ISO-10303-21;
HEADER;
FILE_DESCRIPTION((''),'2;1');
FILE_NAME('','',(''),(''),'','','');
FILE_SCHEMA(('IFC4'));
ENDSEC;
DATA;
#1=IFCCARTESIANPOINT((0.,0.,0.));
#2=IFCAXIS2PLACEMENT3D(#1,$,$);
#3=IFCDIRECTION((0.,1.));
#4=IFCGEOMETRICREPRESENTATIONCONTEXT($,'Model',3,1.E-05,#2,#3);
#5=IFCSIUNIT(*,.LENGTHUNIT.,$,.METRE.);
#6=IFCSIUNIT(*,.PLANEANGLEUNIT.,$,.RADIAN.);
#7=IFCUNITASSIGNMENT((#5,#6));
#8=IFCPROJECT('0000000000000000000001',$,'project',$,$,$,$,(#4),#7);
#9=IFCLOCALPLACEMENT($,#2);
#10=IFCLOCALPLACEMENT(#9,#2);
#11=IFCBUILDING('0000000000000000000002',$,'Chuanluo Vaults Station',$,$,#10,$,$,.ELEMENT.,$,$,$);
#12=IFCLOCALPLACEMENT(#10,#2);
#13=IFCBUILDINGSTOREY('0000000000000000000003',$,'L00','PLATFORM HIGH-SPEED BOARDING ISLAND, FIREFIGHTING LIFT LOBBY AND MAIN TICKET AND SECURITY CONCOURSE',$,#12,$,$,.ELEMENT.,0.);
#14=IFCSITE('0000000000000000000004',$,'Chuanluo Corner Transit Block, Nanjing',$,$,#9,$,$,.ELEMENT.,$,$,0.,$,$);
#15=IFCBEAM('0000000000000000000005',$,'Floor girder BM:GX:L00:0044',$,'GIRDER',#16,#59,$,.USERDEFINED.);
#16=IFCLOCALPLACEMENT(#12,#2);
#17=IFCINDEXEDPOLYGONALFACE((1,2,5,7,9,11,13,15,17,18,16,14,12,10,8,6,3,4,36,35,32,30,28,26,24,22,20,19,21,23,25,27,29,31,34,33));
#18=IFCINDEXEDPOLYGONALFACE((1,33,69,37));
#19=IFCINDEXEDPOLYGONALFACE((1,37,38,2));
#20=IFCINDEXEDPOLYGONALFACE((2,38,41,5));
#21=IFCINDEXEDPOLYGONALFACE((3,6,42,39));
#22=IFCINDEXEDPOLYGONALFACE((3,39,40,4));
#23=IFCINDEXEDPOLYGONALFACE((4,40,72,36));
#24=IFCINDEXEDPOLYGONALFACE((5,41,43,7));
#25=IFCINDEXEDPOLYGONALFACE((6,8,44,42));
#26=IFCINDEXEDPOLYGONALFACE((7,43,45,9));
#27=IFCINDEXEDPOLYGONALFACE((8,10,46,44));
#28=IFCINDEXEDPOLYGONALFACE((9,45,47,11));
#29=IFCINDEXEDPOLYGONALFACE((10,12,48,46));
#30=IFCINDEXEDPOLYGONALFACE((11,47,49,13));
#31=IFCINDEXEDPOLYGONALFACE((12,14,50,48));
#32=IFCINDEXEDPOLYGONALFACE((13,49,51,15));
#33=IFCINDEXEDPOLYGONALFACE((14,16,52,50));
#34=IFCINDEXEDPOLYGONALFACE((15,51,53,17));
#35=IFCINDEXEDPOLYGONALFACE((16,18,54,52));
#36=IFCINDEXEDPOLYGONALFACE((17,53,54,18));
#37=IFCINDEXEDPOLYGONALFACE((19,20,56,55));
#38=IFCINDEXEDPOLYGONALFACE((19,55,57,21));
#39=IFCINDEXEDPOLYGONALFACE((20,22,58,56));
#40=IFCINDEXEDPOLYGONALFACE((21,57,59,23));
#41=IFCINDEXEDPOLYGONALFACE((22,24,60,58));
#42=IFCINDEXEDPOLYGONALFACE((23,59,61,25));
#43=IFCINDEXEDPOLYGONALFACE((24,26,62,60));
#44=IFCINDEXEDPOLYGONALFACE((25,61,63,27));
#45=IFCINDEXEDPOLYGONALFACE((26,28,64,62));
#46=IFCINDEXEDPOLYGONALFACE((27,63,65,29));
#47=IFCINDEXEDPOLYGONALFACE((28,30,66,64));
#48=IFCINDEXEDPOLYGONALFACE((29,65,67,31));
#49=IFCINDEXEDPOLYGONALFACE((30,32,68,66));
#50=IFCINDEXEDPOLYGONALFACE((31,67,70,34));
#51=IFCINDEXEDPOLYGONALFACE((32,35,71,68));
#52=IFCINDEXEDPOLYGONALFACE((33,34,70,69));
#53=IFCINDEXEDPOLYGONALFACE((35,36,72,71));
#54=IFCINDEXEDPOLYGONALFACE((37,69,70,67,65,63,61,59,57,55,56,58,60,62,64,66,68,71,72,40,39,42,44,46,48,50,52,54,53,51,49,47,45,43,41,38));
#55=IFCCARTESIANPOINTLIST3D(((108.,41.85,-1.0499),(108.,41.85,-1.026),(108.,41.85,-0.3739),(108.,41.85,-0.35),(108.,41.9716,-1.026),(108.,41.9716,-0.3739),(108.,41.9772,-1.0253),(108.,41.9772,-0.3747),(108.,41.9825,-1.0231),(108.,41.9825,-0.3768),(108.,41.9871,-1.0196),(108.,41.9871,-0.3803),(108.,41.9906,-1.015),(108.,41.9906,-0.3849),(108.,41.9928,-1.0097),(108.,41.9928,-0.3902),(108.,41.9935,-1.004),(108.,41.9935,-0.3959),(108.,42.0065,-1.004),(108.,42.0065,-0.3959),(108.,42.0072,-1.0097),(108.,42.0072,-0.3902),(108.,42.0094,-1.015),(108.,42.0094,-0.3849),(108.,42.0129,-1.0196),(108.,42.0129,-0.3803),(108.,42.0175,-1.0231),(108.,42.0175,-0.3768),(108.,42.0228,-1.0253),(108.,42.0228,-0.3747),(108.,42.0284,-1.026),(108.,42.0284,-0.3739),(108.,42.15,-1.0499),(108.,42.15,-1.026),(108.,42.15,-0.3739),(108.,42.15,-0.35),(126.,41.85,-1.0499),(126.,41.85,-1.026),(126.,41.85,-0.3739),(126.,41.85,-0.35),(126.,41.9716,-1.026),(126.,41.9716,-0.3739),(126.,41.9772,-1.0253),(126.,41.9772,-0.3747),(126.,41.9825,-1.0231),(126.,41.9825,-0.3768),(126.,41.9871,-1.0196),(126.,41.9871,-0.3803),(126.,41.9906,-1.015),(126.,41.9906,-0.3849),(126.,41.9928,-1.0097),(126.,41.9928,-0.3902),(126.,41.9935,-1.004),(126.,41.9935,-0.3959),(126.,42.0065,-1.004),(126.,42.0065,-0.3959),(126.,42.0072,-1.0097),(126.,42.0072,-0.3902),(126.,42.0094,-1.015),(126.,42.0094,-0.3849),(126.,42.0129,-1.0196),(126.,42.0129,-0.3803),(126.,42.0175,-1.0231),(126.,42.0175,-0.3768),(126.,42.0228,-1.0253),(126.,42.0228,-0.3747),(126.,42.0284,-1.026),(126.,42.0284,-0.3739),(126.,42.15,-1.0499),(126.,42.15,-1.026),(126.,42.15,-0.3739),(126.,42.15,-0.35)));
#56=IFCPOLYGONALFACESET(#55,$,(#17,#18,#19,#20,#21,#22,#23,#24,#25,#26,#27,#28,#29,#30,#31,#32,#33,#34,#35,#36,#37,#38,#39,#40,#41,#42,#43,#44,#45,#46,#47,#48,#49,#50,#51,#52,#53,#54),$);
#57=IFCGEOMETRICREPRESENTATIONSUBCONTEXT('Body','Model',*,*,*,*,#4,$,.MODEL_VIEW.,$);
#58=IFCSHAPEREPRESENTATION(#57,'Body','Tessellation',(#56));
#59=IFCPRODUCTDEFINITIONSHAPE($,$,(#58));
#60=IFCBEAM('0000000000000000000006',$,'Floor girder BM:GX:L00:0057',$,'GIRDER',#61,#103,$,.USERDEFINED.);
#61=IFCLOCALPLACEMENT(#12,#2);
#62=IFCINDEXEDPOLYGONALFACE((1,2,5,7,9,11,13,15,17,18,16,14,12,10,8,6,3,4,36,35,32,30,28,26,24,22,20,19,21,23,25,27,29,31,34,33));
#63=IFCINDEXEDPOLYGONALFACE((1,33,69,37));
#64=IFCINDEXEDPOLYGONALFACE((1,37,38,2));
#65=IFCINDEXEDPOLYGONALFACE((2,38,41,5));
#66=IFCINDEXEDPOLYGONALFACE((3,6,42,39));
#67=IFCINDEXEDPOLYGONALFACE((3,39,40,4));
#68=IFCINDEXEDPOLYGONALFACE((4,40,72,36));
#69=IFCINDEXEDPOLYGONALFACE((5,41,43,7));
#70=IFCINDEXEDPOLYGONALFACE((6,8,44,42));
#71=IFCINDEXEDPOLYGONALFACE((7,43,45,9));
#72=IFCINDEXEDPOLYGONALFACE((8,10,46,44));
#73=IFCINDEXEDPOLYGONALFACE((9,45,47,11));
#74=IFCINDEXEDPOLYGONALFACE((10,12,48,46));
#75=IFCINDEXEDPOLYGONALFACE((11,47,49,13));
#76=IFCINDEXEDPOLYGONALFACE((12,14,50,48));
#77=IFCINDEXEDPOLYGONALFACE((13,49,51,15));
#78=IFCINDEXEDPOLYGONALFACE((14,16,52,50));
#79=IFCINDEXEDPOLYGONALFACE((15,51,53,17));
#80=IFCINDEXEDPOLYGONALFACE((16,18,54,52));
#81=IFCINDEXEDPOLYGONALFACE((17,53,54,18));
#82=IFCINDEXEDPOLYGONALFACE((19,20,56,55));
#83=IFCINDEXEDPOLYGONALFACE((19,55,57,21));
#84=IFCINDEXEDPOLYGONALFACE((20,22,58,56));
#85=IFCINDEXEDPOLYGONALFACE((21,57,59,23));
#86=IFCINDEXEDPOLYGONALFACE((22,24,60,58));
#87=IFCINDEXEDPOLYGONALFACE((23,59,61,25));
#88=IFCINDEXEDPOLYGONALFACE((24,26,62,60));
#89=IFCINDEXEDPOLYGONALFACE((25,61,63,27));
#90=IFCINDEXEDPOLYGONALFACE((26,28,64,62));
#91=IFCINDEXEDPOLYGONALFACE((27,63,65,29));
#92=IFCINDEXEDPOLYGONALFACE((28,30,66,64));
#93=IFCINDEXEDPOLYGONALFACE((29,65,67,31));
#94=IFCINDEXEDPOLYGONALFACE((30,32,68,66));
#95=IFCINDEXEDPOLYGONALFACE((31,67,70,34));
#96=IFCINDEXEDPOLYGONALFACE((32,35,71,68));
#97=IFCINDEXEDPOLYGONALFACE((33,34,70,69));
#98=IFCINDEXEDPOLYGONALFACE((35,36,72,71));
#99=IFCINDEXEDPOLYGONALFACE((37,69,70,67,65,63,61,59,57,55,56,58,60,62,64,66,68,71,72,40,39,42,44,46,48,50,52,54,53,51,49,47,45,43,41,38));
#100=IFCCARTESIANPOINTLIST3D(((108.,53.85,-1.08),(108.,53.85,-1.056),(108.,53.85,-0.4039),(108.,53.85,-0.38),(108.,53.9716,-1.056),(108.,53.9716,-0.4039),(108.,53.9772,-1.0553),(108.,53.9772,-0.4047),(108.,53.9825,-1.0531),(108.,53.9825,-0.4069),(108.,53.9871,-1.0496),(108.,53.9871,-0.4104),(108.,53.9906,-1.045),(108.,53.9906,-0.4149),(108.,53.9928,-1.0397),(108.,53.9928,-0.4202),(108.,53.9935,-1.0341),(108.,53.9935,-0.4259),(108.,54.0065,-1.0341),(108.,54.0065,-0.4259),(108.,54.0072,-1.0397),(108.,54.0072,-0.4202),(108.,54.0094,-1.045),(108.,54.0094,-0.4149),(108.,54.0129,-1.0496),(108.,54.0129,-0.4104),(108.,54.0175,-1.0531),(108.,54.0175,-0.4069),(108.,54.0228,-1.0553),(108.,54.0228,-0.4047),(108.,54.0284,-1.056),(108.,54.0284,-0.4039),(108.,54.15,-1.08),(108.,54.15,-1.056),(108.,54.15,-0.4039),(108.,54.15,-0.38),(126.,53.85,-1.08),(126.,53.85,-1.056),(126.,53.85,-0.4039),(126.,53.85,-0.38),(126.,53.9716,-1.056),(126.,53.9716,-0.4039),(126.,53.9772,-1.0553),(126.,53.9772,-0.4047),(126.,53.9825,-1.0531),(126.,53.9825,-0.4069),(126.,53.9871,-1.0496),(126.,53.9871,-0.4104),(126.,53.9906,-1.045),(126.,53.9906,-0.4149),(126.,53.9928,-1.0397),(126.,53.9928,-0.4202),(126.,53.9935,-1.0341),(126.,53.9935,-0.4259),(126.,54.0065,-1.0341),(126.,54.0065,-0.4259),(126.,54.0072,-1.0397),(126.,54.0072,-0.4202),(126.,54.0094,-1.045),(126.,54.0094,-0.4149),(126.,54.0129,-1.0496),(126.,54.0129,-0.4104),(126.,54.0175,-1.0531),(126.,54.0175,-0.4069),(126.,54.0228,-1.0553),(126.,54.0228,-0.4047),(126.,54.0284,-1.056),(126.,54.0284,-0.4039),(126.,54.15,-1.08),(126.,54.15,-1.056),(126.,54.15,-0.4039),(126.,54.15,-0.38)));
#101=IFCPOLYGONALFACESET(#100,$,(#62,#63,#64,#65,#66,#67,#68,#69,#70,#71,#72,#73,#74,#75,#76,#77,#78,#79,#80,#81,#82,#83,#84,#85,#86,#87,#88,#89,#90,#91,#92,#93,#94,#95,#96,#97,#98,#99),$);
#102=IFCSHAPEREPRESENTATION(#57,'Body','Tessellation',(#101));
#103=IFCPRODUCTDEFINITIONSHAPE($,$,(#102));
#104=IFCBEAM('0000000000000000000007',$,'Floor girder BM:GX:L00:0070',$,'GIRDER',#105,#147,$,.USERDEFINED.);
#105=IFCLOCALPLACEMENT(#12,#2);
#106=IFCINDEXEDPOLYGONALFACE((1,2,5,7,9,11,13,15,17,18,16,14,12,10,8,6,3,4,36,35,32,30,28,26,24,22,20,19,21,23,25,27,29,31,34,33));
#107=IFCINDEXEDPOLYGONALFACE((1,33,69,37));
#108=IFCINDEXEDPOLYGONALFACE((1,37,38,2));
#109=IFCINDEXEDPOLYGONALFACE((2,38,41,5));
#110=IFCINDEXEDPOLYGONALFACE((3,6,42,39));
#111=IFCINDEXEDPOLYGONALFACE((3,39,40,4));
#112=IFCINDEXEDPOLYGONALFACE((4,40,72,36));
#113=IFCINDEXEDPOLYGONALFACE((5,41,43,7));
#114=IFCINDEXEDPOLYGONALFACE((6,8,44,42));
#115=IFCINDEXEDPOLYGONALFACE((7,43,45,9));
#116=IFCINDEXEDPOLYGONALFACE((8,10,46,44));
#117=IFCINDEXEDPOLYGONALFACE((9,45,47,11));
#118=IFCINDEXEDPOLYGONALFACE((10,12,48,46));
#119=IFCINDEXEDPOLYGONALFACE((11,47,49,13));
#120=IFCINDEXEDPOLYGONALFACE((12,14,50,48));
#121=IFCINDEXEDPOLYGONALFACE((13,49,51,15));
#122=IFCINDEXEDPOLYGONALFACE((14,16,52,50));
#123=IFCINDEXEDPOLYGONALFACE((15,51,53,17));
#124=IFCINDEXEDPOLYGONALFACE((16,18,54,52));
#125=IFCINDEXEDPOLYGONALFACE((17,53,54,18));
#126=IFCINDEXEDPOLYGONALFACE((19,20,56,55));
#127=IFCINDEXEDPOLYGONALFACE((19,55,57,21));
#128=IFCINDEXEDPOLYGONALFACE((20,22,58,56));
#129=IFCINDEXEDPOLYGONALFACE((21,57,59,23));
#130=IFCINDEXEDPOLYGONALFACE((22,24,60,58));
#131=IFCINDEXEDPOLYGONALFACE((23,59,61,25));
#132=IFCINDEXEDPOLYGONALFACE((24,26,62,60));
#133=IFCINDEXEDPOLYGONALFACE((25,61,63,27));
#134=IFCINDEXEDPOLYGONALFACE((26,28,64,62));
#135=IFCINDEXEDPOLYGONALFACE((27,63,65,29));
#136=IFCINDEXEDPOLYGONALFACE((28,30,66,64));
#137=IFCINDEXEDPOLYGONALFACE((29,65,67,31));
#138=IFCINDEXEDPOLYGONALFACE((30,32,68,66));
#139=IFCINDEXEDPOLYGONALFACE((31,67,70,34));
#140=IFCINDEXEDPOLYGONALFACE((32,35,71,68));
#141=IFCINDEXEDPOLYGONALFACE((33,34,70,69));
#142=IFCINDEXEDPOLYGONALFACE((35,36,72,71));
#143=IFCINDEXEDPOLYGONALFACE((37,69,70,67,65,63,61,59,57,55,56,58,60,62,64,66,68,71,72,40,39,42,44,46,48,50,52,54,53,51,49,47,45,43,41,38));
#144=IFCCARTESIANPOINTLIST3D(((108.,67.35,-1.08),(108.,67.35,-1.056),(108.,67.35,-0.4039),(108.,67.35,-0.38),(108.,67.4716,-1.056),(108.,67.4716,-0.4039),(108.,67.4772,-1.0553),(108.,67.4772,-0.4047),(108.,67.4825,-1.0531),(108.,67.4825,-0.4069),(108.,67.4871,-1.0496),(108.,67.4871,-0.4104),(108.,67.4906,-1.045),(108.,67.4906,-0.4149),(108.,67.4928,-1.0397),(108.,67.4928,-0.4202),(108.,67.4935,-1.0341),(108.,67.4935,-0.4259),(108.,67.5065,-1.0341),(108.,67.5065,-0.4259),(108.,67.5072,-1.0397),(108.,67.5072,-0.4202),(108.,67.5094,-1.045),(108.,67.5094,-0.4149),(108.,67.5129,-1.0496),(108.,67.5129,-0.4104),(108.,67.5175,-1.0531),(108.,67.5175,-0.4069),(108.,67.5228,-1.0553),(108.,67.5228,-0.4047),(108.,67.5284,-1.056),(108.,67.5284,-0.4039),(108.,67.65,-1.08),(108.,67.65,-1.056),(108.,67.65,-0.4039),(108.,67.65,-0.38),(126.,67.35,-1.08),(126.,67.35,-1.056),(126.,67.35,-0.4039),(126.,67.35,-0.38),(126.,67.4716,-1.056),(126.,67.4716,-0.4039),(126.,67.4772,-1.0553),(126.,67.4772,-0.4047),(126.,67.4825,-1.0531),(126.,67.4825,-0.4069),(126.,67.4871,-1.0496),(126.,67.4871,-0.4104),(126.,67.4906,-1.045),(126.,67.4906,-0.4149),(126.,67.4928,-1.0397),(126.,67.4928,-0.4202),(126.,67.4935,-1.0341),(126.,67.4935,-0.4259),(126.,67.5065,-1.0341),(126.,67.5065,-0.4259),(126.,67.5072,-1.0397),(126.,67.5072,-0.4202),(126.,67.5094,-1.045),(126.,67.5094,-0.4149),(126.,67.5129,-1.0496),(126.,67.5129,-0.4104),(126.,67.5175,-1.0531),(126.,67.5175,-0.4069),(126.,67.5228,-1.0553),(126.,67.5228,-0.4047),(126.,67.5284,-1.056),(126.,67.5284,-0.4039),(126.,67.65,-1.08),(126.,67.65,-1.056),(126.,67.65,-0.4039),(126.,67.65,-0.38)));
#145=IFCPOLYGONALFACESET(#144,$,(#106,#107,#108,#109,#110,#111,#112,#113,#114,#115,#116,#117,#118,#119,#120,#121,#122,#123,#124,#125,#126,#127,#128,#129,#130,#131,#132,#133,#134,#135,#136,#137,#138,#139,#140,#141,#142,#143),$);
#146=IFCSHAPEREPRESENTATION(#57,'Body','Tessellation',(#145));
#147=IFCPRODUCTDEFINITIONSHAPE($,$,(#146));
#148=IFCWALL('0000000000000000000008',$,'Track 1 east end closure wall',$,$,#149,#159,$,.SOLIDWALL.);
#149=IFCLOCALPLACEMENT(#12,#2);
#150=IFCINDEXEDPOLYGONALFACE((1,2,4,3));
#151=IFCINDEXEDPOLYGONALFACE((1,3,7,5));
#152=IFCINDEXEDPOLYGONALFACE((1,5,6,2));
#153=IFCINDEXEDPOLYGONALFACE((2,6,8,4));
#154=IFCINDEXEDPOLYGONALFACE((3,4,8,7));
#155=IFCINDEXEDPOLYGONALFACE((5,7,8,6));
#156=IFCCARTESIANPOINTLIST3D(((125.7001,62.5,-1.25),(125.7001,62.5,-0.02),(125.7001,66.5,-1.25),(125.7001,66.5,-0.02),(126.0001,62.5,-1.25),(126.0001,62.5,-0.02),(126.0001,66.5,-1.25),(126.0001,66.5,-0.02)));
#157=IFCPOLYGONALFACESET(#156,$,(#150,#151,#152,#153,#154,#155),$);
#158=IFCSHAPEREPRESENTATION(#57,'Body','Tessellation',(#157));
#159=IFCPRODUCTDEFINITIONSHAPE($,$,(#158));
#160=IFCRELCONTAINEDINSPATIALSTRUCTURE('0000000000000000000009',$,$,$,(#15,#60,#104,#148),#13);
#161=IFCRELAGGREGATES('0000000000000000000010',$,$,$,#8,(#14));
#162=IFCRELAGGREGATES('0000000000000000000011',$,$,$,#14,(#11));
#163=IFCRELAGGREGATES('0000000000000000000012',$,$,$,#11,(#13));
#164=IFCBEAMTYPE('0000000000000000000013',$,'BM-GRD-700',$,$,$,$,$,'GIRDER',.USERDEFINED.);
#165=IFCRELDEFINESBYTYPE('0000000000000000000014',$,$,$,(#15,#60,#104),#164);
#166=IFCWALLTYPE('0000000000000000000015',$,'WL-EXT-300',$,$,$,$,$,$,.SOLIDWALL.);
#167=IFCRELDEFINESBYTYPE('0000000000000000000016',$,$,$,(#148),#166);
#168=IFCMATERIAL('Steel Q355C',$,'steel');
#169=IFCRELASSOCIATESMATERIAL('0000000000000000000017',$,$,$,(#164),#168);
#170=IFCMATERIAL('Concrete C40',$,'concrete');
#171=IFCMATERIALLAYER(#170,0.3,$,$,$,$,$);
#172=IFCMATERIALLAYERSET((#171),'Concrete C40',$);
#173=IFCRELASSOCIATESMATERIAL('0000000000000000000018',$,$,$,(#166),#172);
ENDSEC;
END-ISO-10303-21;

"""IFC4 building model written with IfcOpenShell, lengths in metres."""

from ifc_helpers import new_model, si_unit, direction, frame, frame_2d, origin, origin_2d, place, context, subcontext, project, spatial, rectangle, i_section, extrude, material, layer, layer_set, material_profile, profile_set, type_object, element, save


model = new_model("IFC4")

# Units and contexts
model_context = context("Model", 3, precision=1e-05, world=origin(), true_north=direction((0.0, 1.0)))
body_context = subcontext(model_context, "Body", "Model", "MODEL_VIEW")
ifc_project = project(units=[si_unit("LENGTHUNIT", "METRE"), si_unit("PLANEANGLEUNIT", "RADIAN")], contexts=[model_context])

# Site, building, storey
site_placement = place(None, origin())
site = spatial("IfcSite", under=ifc_project, at=site_placement, Name="Chuanluo Corner Transit Block, Nanjing", CompositionType="ELEMENT", RefElevation=0.0)
building_placement = place(site_placement, origin())
building = spatial("IfcBuilding", under=site, at=building_placement, Name="Chuanluo Vaults Station", CompositionType="ELEMENT")
storey_placement = place(building_placement, origin())
storey = spatial("IfcBuildingStorey", under=building, at=storey_placement, Name="L00", Description="PLATFORM HIGH-SPEED BOARDING ISLAND, FIREFIGHTING LIFT LOBBY AND MAIN TICKET AND SECURITY CONCOURSE", CompositionType="ELEMENT", Elevation=0.0)

# Beams
ifc_material_1 = material(Name="Steel Q355C", Category="steel")
ifc_material_profile_1 = material_profile(ifc_material_1, i_section(OverallWidth=0.3, OverallDepth=0.7, WebThickness=0.0129, FlangeThickness=0.0239, FilletRadius=0.022, at=origin_2d()))
ifc_profile_set_1 = profile_set([ifc_material_profile_1], Name="Steel Q355C")
beam_type_1 = type_object("IfcBeamType", Name="BM-GRD-700", ElementType="GIRDER", PredefinedType="USERDEFINED", material=ifc_profile_set_1)
for number, where, z_axis, x_axis, name in (
    (1, (108.0, 42.0, -0.7), (1.0, 0.0, 0.0), (0.0, 1.0, 0.0), "Floor girder BM:GX:L00:0044"),
    (2, (108.0, 54.0, -0.73), (1.0, 0.0, 0.0), (0.0, 1.0, 0.0), "Floor girder BM:GX:L00:0057"),
    (3, (108.0, 67.5, -0.73), (1.0, 0.0, 0.0), (0.0, 1.0, 0.0), "Floor girder BM:GX:L00:0070"),
):
    element("IfcBeam", number, at=place(storey_placement, frame(where, z_axis=z_axis, x_axis=x_axis)), inside=storey, type_object=beam_type_1, Name=name, ObjectType="GIRDER", PredefinedType="USERDEFINED", context=body_context, shape_type="SweptSolid", body=[
        extrude(i_section(OverallWidth=0.3, OverallDepth=0.7, WebThickness=0.0129, FlangeThickness=0.0239, FilletRadius=0.022, at=origin_2d()), origin(), (0.0, 0.0, 1.0), 18.0),
    ])

# Wall
ifc_material_2 = material(Name="Concrete C40", Category="concrete")
ifc_layer_1 = layer(ifc_material_2, 0.3)
ifc_layer_set_1 = layer_set([ifc_layer_1], Name="Concrete C40")
wall_type_1 = type_object("IfcWallType", Name="WL-EXT-300", PredefinedType="SOLIDWALL", material=ifc_layer_set_1)
wall_1_placement = place(storey_placement, frame((125.8501, 62.5, -1.25), z_axis=(0.0, 0.0, 1.0), x_axis=(0.0, 1.0, 0.0)))
element("IfcWall", 4, at=wall_1_placement, inside=storey, type_object=wall_type_1, Name="Track 1 east end closure wall", PredefinedType="SOLIDWALL", context=body_context, shape_type="SweptSolid", body=[
    extrude(rectangle(XDim=4.0, YDim=0.3, at=frame_2d((2.0, 0.0))), origin(), (0.0, 0.0, 1.0), 1.23),
])

save(model, "model.ifc")
